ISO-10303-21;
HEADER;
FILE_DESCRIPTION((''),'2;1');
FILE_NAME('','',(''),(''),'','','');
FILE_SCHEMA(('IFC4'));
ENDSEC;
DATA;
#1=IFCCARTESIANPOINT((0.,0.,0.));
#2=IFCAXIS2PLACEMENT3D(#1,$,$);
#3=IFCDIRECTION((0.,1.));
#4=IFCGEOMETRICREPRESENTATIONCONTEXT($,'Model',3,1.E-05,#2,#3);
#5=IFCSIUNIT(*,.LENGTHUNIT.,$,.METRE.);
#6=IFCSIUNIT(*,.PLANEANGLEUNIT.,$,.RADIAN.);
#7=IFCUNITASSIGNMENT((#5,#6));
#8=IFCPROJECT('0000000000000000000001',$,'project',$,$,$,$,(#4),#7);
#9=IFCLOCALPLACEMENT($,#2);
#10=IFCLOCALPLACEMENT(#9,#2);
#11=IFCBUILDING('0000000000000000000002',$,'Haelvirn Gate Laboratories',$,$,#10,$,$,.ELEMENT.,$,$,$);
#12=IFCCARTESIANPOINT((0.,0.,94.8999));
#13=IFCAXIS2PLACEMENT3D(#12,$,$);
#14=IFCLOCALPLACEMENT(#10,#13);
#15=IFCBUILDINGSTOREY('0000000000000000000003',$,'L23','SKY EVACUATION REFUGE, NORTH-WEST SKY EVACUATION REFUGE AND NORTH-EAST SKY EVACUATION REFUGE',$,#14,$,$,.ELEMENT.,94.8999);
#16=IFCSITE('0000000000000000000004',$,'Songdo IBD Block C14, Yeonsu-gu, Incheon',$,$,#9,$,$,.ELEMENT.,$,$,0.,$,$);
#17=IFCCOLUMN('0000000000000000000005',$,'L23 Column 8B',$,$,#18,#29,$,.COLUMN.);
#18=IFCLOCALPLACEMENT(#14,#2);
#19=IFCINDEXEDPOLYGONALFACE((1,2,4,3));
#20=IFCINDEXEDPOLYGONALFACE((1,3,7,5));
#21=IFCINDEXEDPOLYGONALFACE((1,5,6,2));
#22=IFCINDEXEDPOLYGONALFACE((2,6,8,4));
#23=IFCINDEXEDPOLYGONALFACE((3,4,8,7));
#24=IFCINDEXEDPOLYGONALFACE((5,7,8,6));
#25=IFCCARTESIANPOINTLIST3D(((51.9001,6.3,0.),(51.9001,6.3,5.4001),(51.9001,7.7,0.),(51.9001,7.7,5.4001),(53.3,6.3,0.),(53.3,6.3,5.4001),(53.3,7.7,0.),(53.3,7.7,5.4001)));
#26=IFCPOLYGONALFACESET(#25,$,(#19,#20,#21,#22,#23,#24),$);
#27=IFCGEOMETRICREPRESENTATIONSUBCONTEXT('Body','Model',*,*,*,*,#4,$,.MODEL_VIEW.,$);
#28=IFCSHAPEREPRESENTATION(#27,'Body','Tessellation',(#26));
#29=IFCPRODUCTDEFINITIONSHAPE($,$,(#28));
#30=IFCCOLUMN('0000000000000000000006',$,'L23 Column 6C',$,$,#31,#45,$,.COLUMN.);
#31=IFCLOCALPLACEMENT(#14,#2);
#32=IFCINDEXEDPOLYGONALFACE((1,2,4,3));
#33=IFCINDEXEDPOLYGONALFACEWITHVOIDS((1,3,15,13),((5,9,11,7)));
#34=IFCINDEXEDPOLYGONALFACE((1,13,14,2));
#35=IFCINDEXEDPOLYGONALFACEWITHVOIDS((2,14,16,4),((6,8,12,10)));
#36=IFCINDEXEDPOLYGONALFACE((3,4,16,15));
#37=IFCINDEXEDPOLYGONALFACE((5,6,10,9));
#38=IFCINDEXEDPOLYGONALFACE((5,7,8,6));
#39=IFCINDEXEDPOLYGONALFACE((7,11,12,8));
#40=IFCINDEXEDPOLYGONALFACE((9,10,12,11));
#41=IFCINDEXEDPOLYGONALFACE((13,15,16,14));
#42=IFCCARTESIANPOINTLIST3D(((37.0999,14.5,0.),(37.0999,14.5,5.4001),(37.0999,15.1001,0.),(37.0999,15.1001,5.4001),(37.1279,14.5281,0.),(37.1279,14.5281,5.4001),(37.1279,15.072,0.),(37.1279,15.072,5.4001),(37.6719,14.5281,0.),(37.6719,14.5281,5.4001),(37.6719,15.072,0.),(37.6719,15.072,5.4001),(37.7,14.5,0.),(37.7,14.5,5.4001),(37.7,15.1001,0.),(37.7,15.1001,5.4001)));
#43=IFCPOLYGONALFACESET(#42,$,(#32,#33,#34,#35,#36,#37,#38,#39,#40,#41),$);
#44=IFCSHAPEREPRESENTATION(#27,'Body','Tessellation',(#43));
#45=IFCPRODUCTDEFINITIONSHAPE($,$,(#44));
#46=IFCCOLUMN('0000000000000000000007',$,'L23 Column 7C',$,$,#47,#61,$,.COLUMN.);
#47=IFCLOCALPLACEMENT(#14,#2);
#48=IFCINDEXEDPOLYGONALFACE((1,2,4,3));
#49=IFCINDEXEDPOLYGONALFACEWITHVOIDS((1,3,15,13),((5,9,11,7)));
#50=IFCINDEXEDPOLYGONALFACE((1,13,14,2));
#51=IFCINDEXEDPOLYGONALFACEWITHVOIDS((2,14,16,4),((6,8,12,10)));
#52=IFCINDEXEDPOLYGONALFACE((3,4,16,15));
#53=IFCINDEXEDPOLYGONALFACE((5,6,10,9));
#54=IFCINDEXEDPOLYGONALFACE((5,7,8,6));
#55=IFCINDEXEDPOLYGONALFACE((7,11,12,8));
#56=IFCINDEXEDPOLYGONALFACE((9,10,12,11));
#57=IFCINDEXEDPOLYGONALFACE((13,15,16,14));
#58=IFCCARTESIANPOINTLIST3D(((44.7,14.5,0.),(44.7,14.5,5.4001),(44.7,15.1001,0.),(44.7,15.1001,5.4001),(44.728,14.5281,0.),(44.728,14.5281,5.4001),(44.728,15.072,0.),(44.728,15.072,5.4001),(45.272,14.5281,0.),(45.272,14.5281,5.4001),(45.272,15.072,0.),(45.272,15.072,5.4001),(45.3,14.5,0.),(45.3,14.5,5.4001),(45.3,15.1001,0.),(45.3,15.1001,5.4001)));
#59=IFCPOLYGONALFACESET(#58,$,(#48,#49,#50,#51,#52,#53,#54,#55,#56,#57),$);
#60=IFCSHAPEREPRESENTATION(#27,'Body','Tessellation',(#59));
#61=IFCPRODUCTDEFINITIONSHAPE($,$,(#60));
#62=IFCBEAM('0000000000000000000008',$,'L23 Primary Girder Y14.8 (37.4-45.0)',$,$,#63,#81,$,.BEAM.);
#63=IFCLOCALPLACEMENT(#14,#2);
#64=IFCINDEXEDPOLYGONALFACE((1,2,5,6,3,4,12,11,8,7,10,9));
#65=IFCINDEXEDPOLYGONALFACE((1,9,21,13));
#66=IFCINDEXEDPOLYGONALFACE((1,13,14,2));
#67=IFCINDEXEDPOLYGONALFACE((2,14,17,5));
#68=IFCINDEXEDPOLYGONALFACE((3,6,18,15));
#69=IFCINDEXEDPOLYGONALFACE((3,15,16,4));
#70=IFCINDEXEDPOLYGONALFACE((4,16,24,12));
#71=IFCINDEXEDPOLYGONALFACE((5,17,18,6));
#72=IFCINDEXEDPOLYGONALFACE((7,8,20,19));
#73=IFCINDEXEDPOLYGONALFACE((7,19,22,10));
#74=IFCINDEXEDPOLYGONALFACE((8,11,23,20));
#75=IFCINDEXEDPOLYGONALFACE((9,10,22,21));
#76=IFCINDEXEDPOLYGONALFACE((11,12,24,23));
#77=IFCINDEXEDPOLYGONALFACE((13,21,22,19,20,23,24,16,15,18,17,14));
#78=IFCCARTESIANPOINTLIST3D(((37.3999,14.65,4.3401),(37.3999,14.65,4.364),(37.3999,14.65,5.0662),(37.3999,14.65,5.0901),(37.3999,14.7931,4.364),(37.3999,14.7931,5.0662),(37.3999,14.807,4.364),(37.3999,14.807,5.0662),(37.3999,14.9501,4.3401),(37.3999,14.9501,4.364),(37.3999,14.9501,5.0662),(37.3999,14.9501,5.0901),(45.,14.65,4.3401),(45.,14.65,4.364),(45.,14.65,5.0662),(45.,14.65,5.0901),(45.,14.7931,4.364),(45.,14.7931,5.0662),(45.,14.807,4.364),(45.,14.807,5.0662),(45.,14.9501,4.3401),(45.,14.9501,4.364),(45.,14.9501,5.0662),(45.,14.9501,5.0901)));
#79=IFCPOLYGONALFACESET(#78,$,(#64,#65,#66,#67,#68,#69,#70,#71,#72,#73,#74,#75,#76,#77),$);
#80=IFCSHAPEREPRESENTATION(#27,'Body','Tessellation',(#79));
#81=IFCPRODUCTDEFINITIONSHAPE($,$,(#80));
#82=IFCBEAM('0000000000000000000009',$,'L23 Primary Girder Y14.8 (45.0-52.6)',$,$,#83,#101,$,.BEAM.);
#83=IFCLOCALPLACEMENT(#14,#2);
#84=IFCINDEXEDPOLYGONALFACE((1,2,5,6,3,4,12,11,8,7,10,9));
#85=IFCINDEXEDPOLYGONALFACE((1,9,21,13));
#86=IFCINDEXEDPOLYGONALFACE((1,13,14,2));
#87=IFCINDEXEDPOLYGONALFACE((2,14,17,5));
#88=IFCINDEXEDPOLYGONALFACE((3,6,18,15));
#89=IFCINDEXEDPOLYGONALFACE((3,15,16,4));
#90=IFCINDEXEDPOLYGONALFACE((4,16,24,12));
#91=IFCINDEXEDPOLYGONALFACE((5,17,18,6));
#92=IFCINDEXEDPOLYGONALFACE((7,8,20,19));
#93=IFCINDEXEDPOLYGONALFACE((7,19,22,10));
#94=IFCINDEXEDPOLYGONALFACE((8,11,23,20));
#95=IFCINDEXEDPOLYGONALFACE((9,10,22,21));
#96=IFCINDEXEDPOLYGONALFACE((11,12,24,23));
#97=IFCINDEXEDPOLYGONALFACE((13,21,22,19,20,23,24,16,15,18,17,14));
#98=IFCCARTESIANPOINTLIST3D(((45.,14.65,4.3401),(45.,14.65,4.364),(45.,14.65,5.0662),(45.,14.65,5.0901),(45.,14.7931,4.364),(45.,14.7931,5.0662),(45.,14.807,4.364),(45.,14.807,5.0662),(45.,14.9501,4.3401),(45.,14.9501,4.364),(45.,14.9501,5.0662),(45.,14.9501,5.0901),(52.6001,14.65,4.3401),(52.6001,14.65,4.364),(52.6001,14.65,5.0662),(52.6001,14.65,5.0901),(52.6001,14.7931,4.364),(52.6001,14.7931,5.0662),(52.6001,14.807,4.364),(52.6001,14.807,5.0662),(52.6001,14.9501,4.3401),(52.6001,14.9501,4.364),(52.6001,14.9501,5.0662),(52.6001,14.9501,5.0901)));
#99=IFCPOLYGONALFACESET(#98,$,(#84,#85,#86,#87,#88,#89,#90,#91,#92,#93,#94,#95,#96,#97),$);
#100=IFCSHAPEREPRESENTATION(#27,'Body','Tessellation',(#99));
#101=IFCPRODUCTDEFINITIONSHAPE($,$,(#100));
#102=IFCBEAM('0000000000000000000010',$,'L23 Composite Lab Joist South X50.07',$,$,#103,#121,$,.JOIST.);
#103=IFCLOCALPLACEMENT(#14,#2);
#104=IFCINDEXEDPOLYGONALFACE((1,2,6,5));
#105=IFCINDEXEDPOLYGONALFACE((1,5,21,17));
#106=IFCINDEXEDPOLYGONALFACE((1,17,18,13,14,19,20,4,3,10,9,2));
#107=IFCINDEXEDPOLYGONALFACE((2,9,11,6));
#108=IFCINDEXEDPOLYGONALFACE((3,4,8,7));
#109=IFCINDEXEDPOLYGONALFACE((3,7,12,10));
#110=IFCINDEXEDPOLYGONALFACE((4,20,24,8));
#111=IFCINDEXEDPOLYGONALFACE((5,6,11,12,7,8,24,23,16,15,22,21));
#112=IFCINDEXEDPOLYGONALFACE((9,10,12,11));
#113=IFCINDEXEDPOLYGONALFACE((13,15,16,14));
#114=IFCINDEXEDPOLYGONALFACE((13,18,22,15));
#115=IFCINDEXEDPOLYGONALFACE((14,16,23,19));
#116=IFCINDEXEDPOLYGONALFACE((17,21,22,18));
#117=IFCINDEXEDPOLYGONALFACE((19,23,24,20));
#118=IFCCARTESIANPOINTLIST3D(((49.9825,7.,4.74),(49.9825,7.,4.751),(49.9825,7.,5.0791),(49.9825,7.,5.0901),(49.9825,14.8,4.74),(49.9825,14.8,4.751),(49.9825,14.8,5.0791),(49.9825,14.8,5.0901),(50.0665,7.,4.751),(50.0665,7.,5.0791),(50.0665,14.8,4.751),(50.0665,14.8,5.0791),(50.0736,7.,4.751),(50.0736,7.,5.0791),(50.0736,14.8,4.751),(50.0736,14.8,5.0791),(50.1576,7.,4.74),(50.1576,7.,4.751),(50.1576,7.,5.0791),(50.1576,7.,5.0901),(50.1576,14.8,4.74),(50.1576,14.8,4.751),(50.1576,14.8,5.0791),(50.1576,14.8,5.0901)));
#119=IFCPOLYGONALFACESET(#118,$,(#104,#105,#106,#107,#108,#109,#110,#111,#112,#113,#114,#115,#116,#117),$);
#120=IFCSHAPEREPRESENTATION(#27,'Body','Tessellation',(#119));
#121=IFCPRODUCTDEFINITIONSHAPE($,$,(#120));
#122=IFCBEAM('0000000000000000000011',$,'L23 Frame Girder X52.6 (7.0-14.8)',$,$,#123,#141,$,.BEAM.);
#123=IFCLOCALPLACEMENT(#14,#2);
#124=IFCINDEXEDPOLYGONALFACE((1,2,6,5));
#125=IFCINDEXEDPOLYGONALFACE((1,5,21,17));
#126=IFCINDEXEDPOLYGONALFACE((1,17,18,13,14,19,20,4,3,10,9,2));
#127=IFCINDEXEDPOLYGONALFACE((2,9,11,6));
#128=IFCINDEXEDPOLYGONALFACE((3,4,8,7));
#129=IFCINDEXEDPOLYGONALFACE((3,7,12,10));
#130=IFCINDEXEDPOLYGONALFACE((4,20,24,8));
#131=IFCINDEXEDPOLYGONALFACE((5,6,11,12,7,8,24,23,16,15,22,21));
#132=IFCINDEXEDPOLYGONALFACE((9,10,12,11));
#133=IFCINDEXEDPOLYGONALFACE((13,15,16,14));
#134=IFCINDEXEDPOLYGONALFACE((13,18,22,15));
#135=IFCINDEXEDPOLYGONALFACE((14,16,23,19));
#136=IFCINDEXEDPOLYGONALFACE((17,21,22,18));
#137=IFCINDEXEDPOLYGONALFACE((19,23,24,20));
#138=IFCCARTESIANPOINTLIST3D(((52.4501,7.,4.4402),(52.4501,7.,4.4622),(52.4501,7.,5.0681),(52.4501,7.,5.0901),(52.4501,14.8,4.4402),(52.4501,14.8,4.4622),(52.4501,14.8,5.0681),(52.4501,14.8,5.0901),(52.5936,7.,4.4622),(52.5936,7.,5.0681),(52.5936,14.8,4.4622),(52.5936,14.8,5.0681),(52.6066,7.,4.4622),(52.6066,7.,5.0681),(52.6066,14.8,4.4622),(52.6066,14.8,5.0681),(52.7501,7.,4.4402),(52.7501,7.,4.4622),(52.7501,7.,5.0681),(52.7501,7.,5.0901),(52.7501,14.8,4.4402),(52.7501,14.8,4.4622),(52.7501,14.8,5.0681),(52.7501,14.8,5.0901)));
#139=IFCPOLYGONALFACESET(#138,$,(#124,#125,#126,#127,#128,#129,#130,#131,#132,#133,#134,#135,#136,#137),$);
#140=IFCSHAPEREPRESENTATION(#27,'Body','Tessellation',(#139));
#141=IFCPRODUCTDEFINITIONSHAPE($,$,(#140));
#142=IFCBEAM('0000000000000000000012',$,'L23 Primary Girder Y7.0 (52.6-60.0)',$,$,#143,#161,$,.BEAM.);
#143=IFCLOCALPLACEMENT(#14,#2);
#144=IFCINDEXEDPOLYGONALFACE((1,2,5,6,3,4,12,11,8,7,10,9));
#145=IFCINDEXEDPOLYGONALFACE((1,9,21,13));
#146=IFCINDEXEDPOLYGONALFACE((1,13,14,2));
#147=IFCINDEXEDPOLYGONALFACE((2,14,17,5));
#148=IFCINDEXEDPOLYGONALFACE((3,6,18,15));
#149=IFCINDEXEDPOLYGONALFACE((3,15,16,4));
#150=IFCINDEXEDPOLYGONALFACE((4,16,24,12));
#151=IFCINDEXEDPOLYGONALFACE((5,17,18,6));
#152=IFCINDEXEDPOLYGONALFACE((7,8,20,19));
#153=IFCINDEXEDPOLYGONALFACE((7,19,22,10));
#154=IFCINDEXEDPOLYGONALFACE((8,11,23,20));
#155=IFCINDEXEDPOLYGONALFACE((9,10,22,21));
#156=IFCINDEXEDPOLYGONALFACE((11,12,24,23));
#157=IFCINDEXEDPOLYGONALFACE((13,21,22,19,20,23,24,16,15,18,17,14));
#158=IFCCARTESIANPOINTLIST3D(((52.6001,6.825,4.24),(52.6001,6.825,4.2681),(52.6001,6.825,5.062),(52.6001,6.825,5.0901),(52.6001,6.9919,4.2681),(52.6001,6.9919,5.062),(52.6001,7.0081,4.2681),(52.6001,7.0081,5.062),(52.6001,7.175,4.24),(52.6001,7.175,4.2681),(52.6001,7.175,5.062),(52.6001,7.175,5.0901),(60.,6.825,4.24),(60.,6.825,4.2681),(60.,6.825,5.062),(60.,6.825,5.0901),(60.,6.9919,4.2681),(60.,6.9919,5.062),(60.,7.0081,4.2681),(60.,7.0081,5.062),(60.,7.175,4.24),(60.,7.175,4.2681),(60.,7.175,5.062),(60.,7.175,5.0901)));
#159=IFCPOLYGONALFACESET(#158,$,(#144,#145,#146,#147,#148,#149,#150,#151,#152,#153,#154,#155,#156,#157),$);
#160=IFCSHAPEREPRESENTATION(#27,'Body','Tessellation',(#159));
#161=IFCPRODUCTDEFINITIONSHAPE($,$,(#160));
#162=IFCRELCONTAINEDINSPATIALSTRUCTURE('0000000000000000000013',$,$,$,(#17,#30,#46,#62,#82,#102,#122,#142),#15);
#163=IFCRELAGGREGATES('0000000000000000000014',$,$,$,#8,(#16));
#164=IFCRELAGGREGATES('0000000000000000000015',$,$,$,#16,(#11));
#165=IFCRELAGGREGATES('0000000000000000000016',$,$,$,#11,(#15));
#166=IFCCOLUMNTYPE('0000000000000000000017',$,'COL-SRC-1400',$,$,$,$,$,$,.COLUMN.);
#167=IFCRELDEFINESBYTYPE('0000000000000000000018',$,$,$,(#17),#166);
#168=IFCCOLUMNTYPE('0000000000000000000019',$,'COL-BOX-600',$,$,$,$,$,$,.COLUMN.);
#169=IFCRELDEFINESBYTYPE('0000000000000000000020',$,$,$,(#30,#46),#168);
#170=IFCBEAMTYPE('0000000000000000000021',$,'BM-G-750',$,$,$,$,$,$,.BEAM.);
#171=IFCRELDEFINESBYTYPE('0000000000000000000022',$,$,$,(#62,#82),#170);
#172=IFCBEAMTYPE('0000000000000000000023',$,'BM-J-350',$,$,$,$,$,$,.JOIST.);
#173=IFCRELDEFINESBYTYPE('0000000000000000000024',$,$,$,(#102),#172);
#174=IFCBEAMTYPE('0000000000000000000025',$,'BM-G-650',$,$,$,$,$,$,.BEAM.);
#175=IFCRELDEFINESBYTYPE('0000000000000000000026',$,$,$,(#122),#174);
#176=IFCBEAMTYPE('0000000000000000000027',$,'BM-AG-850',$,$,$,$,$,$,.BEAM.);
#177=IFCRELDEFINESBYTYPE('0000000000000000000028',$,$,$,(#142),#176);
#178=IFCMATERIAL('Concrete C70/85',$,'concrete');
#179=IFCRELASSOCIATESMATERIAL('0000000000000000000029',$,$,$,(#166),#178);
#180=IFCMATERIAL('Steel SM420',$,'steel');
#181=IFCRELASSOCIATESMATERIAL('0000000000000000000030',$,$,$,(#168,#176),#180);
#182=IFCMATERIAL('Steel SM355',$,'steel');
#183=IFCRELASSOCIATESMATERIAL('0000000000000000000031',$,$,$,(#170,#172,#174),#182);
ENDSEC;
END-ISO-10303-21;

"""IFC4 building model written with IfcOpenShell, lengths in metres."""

from ifc_helpers import new_model, si_unit, direction, frame, origin, origin_2d, place, context, subcontext, project, spatial, rectangle, hollow_rectangle, i_section, extrude, source, transform, mapped, material, material_profile, profile_set, type_object, type_shapes, element, save


model = new_model("IFC4")

# Units and contexts
model_context = context("Model", 3, precision=1e-05, world=origin(), true_north=direction((0.0, 1.0)))
body_context = subcontext(model_context, "Body", "Model", "MODEL_VIEW")
ifc_project = project(units=[si_unit("LENGTHUNIT", "METRE"), si_unit("PLANEANGLEUNIT", "RADIAN")], contexts=[model_context])

# Site, building, storey
site_placement = place(None, origin())
site = spatial("IfcSite", under=ifc_project, at=site_placement, Name="Songdo IBD Block C14, Yeonsu-gu, Incheon", CompositionType="ELEMENT", RefElevation=0.0)
building_placement = place(site_placement, origin())
building = spatial("IfcBuilding", under=site, at=building_placement, Name="Haelvirn Gate Laboratories", CompositionType="ELEMENT")
storey_placement = place(building_placement, frame((0.0, 0.0, 94.8999)))
storey = spatial("IfcBuildingStorey", under=building, at=storey_placement, Name="L23", Description="SKY EVACUATION REFUGE, NORTH-WEST SKY EVACUATION REFUGE AND NORTH-EAST SKY EVACUATION REFUGE", CompositionType="ELEMENT", Elevation=94.8999)

# Columns
ifc_material_1 = material(Name="Concrete C70/85", Category="concrete")
ifc_material_profile_1 = material_profile(ifc_material_1, rectangle(XDim=1.3999, YDim=1.3999, at=origin_2d()), Name="SRC-1400x1400")
ifc_profile_set_1 = profile_set([ifc_material_profile_1], Name="Concrete C70/85")
column_type_1 = type_object("IfcColumnType", Name="COL-SRC-1400", PredefinedType="COLUMN", material=ifc_profile_set_1)
shared_shape_1 = source(origin(), body_context, "Body", "SweptSolid", [
    extrude(rectangle(XDim=1.3999, YDim=1.3999, at=origin_2d()), origin(), (0.0, 0.0, 1.0), 5.4001),
])
type_shapes(column_type_1, [shared_shape_1])
column_placement = place(storey_placement, frame((52.6001, 7.0, 0.0), z_axis=(0.0, 0.0, 1.0), x_axis=(1.0, 0.0, 0.0)))
element("IfcColumn", 1, at=column_placement, inside=storey, type_object=column_type_1, Name="L23 Column 8B", PredefinedType="COLUMN", context=body_context, shape_type="MappedRepresentation", body=[
    mapped(shared_shape_1, transform((0.0, 0.0, 0.0), scale=1.0)),
])
ifc_material_2 = material(Name="Steel SM420", Category="steel")
ifc_material_profile_2 = material_profile(ifc_material_2, hollow_rectangle(XDim=0.6001, YDim=0.6001, WallThickness=0.0281, at=origin_2d()), Name="BOX-600x600x28")
ifc_profile_set_2 = profile_set([ifc_material_profile_2], Name="Steel SM420")
column_type_2 = type_object("IfcColumnType", Name="COL-BOX-600", PredefinedType="COLUMN", material=ifc_profile_set_2)
shared_shape_2 = source(origin(), body_context, "Body", "SweptSolid", [
    extrude(hollow_rectangle(XDim=0.6001, YDim=0.6001, WallThickness=0.0281, at=origin_2d()), origin(), (0.0, 0.0, 1.0), 5.4001),
])
type_shapes(column_type_2, [shared_shape_2])
for number, where, z_axis, x_axis, name in (
    (2, (37.3999, 14.8, 0.0), (0.0, 0.0, 1.0), (1.0, 0.0, 0.0), "L23 Column 6C"),
    (3, (45.0, 14.8, 0.0), (0.0, 0.0, 1.0), (1.0, 0.0, 0.0), "L23 Column 7C"),
):
    element("IfcColumn", number, at=place(storey_placement, frame(where, z_axis=z_axis, x_axis=x_axis)), inside=storey, type_object=column_type_2, Name=name, PredefinedType="COLUMN", context=body_context, shape_type="MappedRepresentation", body=[
        mapped(shared_shape_2, transform((0.0, 0.0, 0.0), scale=1.0)),
    ])

# Beams
ifc_material_3 = material(Name="Steel SM355", Category="steel")
ifc_material_profile_3 = material_profile(ifc_material_3, i_section(OverallWidth=0.3, OverallDepth=0.75, WebThickness=0.0139, FlangeThickness=0.0239, at=origin_2d()), Name="H-750x300x14x24")
ifc_profile_set_3 = profile_set([ifc_material_profile_3], Name="Steel SM355")
beam_type_1 = type_object("IfcBeamType", Name="BM-G-750", PredefinedType="BEAM", material=ifc_profile_set_3)
shared_shape_3 = source(origin(), body_context, "Body", "SweptSolid", [
    extrude(i_section(OverallWidth=0.3, OverallDepth=0.75, WebThickness=0.0139, FlangeThickness=0.0239, at=origin_2d()), origin(), (0.0, 0.0, 1.0), 7.6001),
])
type_shapes(beam_type_1, [shared_shape_3])
for number, where, z_axis, x_axis, name in (
    (4, (37.3999, 14.8, 4.7151), (1.0, 0.0, 0.0), (0.0, 1.0, 0.0), "L23 Primary Girder Y14.8 (37.4-45.0)"),
    (5, (45.0, 14.8, 4.7151), (1.0, 0.0, 0.0), (0.0, 1.0, 0.0), "L23 Primary Girder Y14.8 (45.0-52.6)"),
):
    element("IfcBeam", number, at=place(storey_placement, frame(where, z_axis=z_axis, x_axis=x_axis)), inside=storey, type_object=beam_type_1, Name=name, PredefinedType="BEAM", context=body_context, shape_type="MappedRepresentation", body=[
        mapped(shared_shape_3, transform((0.0, 0.0, 0.0), scale=1.0)),
    ])
ifc_material_profile_4 = material_profile(ifc_material_3, i_section(OverallWidth=0.175, OverallDepth=0.3501, WebThickness=0.0071, FlangeThickness=0.011, at=origin_2d()), Name="H-350x175x7x11")
ifc_profile_set_4 = profile_set([ifc_material_profile_4], Name="Steel SM355")
beam_type_2 = type_object("IfcBeamType", Name="BM-J-350", PredefinedType="JOIST", material=ifc_profile_set_4)
shared_shape_4 = source(origin(), body_context, "Body", "SweptSolid", [
    extrude(i_section(OverallWidth=0.175, OverallDepth=0.3501, WebThickness=0.0071, FlangeThickness=0.011, at=origin_2d()), origin(), (0.0, 0.0, 1.0), 7.8),
])
type_shapes(beam_type_2, [shared_shape_4])
beam_1_placement = place(storey_placement, frame((50.0701, 7.0, 4.915), z_axis=(0.0, 1.0, 0.0), x_axis=(-1.0, 0.0, 0.0)))
element("IfcBeam", 6, at=beam_1_placement, inside=storey, type_object=beam_type_2, Name="L23 Composite Lab Joist South X50.07", PredefinedType="JOIST", context=body_context, shape_type="MappedRepresentation", body=[
    mapped(shared_shape_4, transform((0.0, 0.0, 0.0), scale=1.0)),
])
ifc_material_profile_5 = material_profile(ifc_material_3, i_section(OverallWidth=0.3, OverallDepth=0.6499, WebThickness=0.0129, FlangeThickness=0.022, at=origin_2d()), Name="H-650x300x13x22")
ifc_profile_set_5 = profile_set([ifc_material_profile_5], Name="Steel SM355")
beam_type_3 = type_object("IfcBeamType", Name="BM-G-650", PredefinedType="BEAM", material=ifc_profile_set_5)
shared_shape_5 = source(origin(), body_context, "Body", "SweptSolid", [
    extrude(i_section(OverallWidth=0.3, OverallDepth=0.6499, WebThickness=0.0129, FlangeThickness=0.022, at=origin_2d()), origin(), (0.0, 0.0, 1.0), 7.8),
])
type_shapes(beam_type_3, [shared_shape_5])
beam_2_placement = place(storey_placement, frame((52.6001, 7.0, 4.7651), z_axis=(0.0, 1.0, 0.0), x_axis=(-1.0, 0.0, 0.0)))
element("IfcBeam", 7, at=beam_2_placement, inside=storey, type_object=beam_type_3, Name="L23 Frame Girder X52.6 (7.0-14.8)", PredefinedType="BEAM", context=body_context, shape_type="MappedRepresentation", body=[
    mapped(shared_shape_5, transform((0.0, 0.0, 0.0), scale=1.0)),
])
ifc_material_profile_6 = material_profile(ifc_material_2, i_section(OverallWidth=0.3501, OverallDepth=0.8501, WebThickness=0.0161, FlangeThickness=0.0281, at=origin_2d()), Name="H-850x350x16x28")
ifc_profile_set_6 = profile_set([ifc_material_profile_6], Name="Steel SM420")
beam_type_4 = type_object("IfcBeamType", Name="BM-AG-850", PredefinedType="BEAM", material=ifc_profile_set_6)
shared_shape_6 = source(origin(), body_context, "Body", "SweptSolid", [
    extrude(i_section(OverallWidth=0.3501, OverallDepth=0.8501, WebThickness=0.0161, FlangeThickness=0.0281, at=origin_2d()), origin(), (0.0, 0.0, 1.0), 7.3999),
])
type_shapes(beam_type_4, [shared_shape_6])
beam_3_placement = place(storey_placement, frame((52.6001, 7.0, 4.665), z_axis=(1.0, 0.0, 0.0), x_axis=(0.0, 1.0, 0.0)))
element("IfcBeam", 8, at=beam_3_placement, inside=storey, type_object=beam_type_4, Name="L23 Primary Girder Y7.0 (52.6-60.0)", PredefinedType="BEAM", context=body_context, shape_type="MappedRepresentation", body=[
    mapped(shared_shape_6, transform((0.0, 0.0, 0.0), scale=1.0)),
])

save(model, "model.ifc")
